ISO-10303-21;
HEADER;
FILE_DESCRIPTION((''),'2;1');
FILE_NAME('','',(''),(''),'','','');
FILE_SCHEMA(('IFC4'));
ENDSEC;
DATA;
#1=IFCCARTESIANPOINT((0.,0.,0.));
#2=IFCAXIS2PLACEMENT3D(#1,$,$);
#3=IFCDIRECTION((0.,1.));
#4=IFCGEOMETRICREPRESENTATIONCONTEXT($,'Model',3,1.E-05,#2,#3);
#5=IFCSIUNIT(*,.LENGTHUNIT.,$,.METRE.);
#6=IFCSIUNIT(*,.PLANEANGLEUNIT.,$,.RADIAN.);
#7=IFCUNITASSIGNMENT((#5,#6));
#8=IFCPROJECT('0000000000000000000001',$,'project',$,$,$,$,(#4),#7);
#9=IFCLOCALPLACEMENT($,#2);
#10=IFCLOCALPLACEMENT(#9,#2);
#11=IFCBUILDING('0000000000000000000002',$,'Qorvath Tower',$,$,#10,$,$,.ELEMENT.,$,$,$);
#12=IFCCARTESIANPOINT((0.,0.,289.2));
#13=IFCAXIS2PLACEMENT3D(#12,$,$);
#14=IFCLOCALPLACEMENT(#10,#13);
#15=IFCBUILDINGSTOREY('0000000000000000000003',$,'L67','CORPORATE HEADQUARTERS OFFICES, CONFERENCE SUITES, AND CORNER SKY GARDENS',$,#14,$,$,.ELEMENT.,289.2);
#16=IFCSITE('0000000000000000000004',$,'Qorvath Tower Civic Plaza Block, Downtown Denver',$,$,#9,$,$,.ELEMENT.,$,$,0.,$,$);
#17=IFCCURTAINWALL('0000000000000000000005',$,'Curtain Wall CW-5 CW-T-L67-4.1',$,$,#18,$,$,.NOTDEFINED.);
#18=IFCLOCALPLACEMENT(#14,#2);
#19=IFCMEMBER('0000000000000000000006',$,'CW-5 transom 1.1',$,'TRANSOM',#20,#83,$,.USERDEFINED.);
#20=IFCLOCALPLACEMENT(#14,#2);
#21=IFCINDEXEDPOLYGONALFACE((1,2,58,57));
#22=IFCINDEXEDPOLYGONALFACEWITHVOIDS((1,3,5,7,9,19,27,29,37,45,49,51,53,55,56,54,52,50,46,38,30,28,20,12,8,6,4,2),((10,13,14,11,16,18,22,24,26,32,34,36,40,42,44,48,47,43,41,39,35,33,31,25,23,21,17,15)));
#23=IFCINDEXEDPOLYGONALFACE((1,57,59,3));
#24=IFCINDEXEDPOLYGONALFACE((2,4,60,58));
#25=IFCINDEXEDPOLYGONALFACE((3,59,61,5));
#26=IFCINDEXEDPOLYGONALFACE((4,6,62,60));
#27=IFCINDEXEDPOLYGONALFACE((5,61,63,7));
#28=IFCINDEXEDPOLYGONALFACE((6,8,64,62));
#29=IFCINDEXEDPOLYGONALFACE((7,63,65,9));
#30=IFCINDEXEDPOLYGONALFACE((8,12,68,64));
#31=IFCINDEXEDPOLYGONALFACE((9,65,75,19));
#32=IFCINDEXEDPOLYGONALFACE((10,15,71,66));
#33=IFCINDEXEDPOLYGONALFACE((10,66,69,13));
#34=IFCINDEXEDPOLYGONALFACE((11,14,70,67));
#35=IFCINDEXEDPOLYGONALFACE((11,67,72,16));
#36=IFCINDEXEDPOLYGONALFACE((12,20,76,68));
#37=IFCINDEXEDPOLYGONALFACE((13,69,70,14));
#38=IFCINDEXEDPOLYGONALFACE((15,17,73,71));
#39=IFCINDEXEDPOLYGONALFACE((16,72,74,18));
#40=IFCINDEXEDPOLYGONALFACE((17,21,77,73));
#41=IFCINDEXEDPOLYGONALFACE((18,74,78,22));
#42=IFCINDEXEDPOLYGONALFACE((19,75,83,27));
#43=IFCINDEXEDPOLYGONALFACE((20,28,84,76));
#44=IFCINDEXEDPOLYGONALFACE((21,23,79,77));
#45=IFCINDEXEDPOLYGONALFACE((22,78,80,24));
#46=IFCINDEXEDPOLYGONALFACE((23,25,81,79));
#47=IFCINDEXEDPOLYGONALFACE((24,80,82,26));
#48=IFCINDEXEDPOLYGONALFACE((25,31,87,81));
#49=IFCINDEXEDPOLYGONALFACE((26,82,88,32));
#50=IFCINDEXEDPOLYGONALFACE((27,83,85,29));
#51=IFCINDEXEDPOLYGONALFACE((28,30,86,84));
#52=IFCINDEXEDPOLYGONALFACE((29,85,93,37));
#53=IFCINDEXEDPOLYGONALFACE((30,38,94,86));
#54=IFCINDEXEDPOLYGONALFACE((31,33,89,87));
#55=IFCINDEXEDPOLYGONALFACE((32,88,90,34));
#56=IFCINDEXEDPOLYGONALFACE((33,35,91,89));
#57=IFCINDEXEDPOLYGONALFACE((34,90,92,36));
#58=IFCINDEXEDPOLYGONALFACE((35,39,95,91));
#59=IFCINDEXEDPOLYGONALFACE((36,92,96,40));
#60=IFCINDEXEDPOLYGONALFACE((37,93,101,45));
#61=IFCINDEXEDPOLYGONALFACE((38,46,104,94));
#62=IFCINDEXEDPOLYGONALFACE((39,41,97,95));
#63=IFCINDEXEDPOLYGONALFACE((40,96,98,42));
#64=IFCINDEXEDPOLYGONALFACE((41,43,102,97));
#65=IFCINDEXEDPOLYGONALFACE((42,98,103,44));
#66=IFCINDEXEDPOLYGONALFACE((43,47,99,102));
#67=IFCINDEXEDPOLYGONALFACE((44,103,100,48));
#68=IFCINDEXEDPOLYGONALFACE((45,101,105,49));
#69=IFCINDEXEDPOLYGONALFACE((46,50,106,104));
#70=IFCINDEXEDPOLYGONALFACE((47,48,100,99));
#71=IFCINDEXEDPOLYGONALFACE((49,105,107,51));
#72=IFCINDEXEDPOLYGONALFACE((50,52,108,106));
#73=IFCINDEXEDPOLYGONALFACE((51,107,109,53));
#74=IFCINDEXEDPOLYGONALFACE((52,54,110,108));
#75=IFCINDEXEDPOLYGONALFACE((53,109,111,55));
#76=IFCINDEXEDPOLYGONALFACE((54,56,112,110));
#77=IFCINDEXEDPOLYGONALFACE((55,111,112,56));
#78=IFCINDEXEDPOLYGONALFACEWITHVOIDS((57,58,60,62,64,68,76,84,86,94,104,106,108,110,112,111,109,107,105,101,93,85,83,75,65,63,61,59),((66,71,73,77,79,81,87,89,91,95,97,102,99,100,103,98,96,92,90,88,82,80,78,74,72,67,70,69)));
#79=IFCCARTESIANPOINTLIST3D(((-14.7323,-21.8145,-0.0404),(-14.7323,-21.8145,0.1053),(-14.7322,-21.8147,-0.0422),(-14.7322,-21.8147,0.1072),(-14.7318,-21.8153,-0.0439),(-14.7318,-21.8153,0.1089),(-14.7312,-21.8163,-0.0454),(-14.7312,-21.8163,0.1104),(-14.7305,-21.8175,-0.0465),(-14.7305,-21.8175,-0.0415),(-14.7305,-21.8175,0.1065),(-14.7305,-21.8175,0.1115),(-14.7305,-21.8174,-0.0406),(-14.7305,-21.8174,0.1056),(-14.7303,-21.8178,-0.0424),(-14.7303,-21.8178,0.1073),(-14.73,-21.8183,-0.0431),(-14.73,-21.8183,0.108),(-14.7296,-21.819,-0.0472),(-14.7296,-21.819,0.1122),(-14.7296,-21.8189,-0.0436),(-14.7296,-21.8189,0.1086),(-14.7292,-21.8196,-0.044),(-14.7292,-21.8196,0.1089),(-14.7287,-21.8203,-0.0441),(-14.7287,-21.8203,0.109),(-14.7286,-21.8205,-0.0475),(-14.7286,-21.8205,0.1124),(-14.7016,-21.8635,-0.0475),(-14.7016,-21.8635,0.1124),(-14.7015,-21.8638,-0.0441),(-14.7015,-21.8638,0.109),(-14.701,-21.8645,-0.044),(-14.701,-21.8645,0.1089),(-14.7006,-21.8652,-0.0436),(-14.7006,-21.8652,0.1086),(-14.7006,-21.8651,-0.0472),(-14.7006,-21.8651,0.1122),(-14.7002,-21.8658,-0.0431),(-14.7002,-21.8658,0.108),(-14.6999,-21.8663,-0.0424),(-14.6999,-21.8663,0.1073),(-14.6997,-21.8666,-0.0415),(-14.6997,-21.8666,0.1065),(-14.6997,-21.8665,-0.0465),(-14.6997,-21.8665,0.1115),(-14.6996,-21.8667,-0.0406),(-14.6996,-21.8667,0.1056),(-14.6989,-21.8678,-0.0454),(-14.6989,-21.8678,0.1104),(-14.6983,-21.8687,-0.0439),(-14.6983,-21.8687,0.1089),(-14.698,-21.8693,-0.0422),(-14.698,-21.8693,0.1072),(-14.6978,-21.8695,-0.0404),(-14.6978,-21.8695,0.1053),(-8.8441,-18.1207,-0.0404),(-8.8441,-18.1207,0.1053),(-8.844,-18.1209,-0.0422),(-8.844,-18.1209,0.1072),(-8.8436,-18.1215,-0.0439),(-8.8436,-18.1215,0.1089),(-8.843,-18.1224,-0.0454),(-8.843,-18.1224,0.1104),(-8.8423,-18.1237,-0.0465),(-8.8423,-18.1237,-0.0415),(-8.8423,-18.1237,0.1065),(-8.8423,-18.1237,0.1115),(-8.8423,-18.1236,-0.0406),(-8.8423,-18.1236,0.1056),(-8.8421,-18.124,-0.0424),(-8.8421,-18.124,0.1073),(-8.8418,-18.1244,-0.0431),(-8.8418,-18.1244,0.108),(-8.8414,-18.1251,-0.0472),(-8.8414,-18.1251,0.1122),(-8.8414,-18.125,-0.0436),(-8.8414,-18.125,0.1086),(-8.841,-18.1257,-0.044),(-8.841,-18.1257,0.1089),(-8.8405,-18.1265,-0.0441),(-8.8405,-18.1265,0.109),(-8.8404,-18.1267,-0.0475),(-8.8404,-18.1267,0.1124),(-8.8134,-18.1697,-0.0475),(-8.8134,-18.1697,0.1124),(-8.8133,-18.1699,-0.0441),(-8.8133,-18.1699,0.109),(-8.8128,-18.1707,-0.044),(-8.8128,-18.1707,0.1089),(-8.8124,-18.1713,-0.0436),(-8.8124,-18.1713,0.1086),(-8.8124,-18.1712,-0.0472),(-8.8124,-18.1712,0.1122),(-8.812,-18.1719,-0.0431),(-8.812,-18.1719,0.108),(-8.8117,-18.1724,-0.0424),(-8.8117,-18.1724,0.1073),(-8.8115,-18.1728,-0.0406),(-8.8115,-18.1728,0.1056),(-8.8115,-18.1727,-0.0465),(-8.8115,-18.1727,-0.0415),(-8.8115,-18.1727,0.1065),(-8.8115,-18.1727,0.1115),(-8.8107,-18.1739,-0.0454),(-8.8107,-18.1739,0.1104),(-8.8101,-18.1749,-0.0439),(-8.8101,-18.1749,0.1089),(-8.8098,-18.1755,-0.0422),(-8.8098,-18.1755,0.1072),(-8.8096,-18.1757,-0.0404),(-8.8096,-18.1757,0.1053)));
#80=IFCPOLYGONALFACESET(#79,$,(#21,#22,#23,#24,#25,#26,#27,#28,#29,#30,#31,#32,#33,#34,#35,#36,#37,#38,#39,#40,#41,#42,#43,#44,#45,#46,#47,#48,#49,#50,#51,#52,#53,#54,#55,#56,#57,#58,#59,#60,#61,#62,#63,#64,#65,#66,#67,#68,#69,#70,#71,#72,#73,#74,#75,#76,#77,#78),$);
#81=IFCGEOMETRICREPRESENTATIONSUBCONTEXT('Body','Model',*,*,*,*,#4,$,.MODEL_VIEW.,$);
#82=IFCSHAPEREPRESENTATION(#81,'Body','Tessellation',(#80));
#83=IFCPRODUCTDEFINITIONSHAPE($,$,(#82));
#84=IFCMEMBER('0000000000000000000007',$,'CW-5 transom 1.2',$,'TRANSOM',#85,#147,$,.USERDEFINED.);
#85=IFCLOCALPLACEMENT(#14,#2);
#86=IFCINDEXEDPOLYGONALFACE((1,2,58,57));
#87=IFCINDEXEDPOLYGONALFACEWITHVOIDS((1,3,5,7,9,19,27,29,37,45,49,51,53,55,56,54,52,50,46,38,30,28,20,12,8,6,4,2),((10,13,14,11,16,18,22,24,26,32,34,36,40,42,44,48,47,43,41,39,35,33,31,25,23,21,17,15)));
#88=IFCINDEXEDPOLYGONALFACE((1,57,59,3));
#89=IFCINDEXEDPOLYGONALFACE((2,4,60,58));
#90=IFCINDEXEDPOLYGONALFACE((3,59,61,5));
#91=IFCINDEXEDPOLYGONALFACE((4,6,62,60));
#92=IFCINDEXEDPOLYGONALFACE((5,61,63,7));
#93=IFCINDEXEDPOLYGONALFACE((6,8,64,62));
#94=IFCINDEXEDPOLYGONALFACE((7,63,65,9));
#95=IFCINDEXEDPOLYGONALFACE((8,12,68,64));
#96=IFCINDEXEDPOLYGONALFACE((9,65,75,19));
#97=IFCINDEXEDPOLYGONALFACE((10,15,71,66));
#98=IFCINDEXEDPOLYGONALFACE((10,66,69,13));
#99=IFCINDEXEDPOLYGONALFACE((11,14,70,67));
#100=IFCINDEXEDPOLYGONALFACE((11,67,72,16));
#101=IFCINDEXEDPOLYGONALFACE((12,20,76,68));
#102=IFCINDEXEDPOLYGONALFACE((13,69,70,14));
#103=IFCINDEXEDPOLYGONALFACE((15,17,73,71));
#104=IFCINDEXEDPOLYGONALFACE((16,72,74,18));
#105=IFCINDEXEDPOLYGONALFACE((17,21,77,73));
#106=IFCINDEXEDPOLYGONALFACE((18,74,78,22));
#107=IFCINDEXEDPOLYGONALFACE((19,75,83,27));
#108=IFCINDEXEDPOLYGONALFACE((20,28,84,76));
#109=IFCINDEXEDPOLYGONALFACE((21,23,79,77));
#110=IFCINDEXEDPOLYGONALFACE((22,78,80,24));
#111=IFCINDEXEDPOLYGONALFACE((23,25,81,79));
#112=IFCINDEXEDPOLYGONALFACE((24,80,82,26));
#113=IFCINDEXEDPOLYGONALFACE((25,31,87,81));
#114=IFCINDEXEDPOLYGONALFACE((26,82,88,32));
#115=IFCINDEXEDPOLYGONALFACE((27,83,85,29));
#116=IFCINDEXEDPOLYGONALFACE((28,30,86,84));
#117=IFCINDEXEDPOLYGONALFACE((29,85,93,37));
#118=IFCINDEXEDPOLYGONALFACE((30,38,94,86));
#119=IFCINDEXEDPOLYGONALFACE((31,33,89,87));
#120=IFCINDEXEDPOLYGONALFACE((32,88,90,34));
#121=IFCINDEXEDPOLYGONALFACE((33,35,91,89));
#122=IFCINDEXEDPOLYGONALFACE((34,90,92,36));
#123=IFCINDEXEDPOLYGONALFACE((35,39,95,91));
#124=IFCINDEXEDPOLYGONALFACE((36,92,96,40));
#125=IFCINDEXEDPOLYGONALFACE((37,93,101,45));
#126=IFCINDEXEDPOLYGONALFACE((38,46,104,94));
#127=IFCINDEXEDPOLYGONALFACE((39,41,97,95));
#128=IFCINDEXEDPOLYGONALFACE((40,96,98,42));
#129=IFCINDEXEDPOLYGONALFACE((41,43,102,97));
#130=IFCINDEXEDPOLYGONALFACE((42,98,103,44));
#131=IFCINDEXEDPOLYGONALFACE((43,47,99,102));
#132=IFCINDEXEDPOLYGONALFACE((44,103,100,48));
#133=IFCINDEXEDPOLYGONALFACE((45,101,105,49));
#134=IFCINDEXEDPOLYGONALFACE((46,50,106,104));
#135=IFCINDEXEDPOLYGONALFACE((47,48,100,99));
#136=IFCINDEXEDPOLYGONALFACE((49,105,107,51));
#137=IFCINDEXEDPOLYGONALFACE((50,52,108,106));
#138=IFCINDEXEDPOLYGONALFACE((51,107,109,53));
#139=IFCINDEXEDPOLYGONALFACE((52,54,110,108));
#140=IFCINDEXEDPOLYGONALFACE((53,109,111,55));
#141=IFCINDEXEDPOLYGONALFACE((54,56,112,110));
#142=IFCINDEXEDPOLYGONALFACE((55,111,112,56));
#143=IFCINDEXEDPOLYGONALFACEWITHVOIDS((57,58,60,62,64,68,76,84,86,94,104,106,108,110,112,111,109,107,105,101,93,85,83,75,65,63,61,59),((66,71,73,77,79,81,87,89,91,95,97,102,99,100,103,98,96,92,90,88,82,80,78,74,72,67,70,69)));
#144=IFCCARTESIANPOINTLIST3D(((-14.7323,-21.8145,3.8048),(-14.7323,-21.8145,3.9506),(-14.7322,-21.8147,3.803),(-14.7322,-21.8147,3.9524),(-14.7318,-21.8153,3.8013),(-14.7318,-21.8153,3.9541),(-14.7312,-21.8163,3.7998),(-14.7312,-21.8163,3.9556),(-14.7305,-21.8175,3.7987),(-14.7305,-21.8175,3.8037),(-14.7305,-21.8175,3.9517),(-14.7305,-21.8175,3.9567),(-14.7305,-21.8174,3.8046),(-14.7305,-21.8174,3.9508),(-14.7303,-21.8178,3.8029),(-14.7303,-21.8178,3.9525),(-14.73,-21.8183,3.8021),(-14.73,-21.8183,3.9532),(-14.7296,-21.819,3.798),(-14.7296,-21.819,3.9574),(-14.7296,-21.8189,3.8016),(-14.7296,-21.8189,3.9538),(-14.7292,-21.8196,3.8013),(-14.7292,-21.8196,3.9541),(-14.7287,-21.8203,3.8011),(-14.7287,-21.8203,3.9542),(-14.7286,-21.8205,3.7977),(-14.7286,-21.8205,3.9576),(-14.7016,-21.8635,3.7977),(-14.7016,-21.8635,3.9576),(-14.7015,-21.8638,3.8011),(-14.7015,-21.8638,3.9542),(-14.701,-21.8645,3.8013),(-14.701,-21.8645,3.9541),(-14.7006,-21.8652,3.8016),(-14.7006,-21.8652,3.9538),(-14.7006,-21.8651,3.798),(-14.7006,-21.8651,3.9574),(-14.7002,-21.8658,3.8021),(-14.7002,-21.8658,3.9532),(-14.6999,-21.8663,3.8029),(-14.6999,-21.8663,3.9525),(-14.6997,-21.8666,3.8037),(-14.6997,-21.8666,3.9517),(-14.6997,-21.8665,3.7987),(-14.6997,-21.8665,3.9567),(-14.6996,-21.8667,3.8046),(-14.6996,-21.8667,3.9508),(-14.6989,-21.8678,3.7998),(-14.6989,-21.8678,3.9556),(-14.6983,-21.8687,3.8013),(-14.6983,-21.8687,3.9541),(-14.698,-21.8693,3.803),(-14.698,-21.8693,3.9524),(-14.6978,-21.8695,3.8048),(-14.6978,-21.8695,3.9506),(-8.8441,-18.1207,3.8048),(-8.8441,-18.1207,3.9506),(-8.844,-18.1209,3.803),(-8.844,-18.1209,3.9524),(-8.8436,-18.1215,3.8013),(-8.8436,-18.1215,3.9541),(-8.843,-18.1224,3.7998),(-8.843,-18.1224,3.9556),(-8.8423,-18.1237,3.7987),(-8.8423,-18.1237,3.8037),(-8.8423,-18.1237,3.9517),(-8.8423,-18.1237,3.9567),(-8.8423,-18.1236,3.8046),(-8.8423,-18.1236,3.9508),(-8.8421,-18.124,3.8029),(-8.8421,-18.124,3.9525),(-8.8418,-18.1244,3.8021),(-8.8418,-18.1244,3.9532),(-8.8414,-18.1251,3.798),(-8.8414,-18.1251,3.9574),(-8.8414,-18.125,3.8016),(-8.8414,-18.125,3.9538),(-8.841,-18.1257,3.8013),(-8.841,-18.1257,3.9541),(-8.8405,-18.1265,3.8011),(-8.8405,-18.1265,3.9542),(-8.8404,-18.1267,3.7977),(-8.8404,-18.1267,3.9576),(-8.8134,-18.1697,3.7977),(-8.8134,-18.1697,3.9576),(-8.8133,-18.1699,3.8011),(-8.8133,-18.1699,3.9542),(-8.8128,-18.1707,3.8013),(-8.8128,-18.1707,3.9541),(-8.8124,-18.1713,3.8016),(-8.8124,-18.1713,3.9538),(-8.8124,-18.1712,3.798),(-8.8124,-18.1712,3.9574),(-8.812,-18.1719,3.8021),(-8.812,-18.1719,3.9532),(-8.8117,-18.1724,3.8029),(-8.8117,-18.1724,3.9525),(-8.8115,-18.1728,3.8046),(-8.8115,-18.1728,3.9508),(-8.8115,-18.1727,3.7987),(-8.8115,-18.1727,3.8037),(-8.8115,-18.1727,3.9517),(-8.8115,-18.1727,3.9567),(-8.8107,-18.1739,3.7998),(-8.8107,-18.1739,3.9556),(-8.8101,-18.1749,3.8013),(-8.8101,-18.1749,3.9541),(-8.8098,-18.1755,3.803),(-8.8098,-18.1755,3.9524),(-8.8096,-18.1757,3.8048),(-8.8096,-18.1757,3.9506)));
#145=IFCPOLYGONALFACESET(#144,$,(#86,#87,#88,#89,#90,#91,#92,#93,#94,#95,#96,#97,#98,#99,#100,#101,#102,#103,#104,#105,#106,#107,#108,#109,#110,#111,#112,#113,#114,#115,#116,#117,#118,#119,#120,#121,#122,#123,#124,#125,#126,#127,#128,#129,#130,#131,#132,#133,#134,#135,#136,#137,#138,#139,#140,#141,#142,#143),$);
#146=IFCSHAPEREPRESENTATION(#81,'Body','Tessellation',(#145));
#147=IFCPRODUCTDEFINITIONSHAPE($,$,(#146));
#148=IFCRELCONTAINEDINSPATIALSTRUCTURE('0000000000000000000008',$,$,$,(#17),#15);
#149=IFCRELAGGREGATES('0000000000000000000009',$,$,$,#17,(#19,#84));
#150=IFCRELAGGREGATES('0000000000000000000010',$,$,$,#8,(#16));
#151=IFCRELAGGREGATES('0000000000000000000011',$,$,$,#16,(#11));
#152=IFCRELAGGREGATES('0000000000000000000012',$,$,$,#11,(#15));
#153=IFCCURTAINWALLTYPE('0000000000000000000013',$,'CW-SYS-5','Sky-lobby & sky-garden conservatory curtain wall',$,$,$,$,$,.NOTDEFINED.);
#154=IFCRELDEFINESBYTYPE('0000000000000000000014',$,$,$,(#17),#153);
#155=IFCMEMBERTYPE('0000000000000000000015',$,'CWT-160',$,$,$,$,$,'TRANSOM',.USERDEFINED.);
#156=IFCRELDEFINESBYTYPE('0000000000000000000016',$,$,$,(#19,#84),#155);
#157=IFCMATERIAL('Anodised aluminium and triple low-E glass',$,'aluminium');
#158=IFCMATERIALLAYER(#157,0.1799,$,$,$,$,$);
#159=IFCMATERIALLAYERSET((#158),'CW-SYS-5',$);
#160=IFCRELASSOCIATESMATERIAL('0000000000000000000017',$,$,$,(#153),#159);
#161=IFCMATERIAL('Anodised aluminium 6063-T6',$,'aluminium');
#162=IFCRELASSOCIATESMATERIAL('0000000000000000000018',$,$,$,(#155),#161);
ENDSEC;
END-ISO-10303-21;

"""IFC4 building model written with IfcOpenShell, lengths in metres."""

from ifc_helpers import new_model, si_unit, direction, frame, origin, origin_2d, place, context, subcontext, project, spatial, hollow_rectangle, extrude, material, layer, layer_set, material_profile, profile_set, type_object, element, aggregate, save


model = new_model("IFC4")

# Units and contexts
model_context = context("Model", 3, precision=1e-05, world=origin(), true_north=direction((0.0, 1.0)))
body_context = subcontext(model_context, "Body", "Model", "MODEL_VIEW")
ifc_project = project(units=[si_unit("LENGTHUNIT", "METRE"), si_unit("PLANEANGLEUNIT", "RADIAN")], contexts=[model_context])

# Site, building, storey
site_placement = place(None, origin())
site = spatial("IfcSite", under=ifc_project, at=site_placement, Name="Qorvath Tower Civic Plaza Block, Downtown Denver", CompositionType="ELEMENT", RefElevation=0.0)
building_placement = place(site_placement, origin())
building = spatial("IfcBuilding", under=site, at=building_placement, Name="Qorvath Tower", CompositionType="ELEMENT")
storey_placement = place(building_placement, frame((0.0, 0.0, 289.2)))
storey = spatial("IfcBuildingStorey", under=building, at=storey_placement, Name="L67", Description="CORPORATE HEADQUARTERS OFFICES, CONFERENCE SUITES, AND CORNER SKY GARDENS", CompositionType="ELEMENT", Elevation=289.2)

# Shared definitions
ifc_material_1 = material(Name="Anodised aluminium and triple low-E glass", Category="aluminium")
ifc_layer_1 = layer(ifc_material_1, 0.1799)
ifc_layer_set_1 = layer_set([ifc_layer_1], Name="CW-SYS-5")
curtain_wall_type = type_object("IfcCurtainWallType", Name="CW-SYS-5", Description="Sky-lobby & sky-garden conservatory curtain wall", PredefinedType="NOTDEFINED", material=ifc_layer_set_1)

# Curtain wall
curtain_wall_1_placement = place(storey_placement, origin())
curtain_wall_1 = element("IfcCurtainWall", 1, at=curtain_wall_1_placement, inside=storey, type_object=curtain_wall_type, Name="Curtain Wall CW-5 CW-T-L67-4.1", PredefinedType="NOTDEFINED")

# Members
ifc_material_2 = material(Name="Anodised aluminium 6063-T6", Category="aluminium")
ifc_material_profile_1 = material_profile(ifc_material_2, hollow_rectangle(XDim=0.0649, YDim=0.1599, WallThickness=0.0034, InnerFilletRadius=0.0034, OuterFilletRadius=0.0071, at=origin_2d()), Name="CWT 160x65")
ifc_profile_set_1 = profile_set([ifc_material_profile_1], Name="Anodised aluminium 6063-T6")
member_type_1 = type_object("IfcMemberType", Name="CWT-160", ElementType="TRANSOM", PredefinedType="USERDEFINED", material=ifc_profile_set_1)
member_1_placement = place(storey_placement, frame((-14.7151, -21.842, 0.0325), z_axis=(0.847109, 0.531419, 0.0), x_axis=(-0.531419, 0.847109, 0.0)))
member_1 = element("IfcMember", 2, at=member_1_placement, type_object=member_type_1, Name="CW-5 transom 1.1", ObjectType="TRANSOM", PredefinedType="USERDEFINED", context=body_context, shape_type="SweptSolid", body=[
    extrude(hollow_rectangle(XDim=0.0649, YDim=0.1599, WallThickness=0.0034, InnerFilletRadius=0.0034, OuterFilletRadius=0.0071, at=origin_2d()), origin(), (0.0, 0.0, 1.0), 6.9509),
])
member_2_placement = place(storey_placement, frame((-14.7151, -21.842, 3.8777), z_axis=(0.847109, 0.531419, 0.0), x_axis=(-0.531419, 0.847109, 0.0)))
member_2 = element("IfcMember", 3, at=member_2_placement, type_object=member_type_1, Name="CW-5 transom 1.2", ObjectType="TRANSOM", PredefinedType="USERDEFINED", context=body_context, shape_type="SweptSolid", body=[
    extrude(hollow_rectangle(XDim=0.0649, YDim=0.1599, WallThickness=0.0034, InnerFilletRadius=0.0034, OuterFilletRadius=0.0071, at=origin_2d()), origin(), (0.0, 0.0, 1.0), 6.9509),
])

aggregate(curtain_wall_1, [member_1, member_2])

save(model, "model.ifc")
